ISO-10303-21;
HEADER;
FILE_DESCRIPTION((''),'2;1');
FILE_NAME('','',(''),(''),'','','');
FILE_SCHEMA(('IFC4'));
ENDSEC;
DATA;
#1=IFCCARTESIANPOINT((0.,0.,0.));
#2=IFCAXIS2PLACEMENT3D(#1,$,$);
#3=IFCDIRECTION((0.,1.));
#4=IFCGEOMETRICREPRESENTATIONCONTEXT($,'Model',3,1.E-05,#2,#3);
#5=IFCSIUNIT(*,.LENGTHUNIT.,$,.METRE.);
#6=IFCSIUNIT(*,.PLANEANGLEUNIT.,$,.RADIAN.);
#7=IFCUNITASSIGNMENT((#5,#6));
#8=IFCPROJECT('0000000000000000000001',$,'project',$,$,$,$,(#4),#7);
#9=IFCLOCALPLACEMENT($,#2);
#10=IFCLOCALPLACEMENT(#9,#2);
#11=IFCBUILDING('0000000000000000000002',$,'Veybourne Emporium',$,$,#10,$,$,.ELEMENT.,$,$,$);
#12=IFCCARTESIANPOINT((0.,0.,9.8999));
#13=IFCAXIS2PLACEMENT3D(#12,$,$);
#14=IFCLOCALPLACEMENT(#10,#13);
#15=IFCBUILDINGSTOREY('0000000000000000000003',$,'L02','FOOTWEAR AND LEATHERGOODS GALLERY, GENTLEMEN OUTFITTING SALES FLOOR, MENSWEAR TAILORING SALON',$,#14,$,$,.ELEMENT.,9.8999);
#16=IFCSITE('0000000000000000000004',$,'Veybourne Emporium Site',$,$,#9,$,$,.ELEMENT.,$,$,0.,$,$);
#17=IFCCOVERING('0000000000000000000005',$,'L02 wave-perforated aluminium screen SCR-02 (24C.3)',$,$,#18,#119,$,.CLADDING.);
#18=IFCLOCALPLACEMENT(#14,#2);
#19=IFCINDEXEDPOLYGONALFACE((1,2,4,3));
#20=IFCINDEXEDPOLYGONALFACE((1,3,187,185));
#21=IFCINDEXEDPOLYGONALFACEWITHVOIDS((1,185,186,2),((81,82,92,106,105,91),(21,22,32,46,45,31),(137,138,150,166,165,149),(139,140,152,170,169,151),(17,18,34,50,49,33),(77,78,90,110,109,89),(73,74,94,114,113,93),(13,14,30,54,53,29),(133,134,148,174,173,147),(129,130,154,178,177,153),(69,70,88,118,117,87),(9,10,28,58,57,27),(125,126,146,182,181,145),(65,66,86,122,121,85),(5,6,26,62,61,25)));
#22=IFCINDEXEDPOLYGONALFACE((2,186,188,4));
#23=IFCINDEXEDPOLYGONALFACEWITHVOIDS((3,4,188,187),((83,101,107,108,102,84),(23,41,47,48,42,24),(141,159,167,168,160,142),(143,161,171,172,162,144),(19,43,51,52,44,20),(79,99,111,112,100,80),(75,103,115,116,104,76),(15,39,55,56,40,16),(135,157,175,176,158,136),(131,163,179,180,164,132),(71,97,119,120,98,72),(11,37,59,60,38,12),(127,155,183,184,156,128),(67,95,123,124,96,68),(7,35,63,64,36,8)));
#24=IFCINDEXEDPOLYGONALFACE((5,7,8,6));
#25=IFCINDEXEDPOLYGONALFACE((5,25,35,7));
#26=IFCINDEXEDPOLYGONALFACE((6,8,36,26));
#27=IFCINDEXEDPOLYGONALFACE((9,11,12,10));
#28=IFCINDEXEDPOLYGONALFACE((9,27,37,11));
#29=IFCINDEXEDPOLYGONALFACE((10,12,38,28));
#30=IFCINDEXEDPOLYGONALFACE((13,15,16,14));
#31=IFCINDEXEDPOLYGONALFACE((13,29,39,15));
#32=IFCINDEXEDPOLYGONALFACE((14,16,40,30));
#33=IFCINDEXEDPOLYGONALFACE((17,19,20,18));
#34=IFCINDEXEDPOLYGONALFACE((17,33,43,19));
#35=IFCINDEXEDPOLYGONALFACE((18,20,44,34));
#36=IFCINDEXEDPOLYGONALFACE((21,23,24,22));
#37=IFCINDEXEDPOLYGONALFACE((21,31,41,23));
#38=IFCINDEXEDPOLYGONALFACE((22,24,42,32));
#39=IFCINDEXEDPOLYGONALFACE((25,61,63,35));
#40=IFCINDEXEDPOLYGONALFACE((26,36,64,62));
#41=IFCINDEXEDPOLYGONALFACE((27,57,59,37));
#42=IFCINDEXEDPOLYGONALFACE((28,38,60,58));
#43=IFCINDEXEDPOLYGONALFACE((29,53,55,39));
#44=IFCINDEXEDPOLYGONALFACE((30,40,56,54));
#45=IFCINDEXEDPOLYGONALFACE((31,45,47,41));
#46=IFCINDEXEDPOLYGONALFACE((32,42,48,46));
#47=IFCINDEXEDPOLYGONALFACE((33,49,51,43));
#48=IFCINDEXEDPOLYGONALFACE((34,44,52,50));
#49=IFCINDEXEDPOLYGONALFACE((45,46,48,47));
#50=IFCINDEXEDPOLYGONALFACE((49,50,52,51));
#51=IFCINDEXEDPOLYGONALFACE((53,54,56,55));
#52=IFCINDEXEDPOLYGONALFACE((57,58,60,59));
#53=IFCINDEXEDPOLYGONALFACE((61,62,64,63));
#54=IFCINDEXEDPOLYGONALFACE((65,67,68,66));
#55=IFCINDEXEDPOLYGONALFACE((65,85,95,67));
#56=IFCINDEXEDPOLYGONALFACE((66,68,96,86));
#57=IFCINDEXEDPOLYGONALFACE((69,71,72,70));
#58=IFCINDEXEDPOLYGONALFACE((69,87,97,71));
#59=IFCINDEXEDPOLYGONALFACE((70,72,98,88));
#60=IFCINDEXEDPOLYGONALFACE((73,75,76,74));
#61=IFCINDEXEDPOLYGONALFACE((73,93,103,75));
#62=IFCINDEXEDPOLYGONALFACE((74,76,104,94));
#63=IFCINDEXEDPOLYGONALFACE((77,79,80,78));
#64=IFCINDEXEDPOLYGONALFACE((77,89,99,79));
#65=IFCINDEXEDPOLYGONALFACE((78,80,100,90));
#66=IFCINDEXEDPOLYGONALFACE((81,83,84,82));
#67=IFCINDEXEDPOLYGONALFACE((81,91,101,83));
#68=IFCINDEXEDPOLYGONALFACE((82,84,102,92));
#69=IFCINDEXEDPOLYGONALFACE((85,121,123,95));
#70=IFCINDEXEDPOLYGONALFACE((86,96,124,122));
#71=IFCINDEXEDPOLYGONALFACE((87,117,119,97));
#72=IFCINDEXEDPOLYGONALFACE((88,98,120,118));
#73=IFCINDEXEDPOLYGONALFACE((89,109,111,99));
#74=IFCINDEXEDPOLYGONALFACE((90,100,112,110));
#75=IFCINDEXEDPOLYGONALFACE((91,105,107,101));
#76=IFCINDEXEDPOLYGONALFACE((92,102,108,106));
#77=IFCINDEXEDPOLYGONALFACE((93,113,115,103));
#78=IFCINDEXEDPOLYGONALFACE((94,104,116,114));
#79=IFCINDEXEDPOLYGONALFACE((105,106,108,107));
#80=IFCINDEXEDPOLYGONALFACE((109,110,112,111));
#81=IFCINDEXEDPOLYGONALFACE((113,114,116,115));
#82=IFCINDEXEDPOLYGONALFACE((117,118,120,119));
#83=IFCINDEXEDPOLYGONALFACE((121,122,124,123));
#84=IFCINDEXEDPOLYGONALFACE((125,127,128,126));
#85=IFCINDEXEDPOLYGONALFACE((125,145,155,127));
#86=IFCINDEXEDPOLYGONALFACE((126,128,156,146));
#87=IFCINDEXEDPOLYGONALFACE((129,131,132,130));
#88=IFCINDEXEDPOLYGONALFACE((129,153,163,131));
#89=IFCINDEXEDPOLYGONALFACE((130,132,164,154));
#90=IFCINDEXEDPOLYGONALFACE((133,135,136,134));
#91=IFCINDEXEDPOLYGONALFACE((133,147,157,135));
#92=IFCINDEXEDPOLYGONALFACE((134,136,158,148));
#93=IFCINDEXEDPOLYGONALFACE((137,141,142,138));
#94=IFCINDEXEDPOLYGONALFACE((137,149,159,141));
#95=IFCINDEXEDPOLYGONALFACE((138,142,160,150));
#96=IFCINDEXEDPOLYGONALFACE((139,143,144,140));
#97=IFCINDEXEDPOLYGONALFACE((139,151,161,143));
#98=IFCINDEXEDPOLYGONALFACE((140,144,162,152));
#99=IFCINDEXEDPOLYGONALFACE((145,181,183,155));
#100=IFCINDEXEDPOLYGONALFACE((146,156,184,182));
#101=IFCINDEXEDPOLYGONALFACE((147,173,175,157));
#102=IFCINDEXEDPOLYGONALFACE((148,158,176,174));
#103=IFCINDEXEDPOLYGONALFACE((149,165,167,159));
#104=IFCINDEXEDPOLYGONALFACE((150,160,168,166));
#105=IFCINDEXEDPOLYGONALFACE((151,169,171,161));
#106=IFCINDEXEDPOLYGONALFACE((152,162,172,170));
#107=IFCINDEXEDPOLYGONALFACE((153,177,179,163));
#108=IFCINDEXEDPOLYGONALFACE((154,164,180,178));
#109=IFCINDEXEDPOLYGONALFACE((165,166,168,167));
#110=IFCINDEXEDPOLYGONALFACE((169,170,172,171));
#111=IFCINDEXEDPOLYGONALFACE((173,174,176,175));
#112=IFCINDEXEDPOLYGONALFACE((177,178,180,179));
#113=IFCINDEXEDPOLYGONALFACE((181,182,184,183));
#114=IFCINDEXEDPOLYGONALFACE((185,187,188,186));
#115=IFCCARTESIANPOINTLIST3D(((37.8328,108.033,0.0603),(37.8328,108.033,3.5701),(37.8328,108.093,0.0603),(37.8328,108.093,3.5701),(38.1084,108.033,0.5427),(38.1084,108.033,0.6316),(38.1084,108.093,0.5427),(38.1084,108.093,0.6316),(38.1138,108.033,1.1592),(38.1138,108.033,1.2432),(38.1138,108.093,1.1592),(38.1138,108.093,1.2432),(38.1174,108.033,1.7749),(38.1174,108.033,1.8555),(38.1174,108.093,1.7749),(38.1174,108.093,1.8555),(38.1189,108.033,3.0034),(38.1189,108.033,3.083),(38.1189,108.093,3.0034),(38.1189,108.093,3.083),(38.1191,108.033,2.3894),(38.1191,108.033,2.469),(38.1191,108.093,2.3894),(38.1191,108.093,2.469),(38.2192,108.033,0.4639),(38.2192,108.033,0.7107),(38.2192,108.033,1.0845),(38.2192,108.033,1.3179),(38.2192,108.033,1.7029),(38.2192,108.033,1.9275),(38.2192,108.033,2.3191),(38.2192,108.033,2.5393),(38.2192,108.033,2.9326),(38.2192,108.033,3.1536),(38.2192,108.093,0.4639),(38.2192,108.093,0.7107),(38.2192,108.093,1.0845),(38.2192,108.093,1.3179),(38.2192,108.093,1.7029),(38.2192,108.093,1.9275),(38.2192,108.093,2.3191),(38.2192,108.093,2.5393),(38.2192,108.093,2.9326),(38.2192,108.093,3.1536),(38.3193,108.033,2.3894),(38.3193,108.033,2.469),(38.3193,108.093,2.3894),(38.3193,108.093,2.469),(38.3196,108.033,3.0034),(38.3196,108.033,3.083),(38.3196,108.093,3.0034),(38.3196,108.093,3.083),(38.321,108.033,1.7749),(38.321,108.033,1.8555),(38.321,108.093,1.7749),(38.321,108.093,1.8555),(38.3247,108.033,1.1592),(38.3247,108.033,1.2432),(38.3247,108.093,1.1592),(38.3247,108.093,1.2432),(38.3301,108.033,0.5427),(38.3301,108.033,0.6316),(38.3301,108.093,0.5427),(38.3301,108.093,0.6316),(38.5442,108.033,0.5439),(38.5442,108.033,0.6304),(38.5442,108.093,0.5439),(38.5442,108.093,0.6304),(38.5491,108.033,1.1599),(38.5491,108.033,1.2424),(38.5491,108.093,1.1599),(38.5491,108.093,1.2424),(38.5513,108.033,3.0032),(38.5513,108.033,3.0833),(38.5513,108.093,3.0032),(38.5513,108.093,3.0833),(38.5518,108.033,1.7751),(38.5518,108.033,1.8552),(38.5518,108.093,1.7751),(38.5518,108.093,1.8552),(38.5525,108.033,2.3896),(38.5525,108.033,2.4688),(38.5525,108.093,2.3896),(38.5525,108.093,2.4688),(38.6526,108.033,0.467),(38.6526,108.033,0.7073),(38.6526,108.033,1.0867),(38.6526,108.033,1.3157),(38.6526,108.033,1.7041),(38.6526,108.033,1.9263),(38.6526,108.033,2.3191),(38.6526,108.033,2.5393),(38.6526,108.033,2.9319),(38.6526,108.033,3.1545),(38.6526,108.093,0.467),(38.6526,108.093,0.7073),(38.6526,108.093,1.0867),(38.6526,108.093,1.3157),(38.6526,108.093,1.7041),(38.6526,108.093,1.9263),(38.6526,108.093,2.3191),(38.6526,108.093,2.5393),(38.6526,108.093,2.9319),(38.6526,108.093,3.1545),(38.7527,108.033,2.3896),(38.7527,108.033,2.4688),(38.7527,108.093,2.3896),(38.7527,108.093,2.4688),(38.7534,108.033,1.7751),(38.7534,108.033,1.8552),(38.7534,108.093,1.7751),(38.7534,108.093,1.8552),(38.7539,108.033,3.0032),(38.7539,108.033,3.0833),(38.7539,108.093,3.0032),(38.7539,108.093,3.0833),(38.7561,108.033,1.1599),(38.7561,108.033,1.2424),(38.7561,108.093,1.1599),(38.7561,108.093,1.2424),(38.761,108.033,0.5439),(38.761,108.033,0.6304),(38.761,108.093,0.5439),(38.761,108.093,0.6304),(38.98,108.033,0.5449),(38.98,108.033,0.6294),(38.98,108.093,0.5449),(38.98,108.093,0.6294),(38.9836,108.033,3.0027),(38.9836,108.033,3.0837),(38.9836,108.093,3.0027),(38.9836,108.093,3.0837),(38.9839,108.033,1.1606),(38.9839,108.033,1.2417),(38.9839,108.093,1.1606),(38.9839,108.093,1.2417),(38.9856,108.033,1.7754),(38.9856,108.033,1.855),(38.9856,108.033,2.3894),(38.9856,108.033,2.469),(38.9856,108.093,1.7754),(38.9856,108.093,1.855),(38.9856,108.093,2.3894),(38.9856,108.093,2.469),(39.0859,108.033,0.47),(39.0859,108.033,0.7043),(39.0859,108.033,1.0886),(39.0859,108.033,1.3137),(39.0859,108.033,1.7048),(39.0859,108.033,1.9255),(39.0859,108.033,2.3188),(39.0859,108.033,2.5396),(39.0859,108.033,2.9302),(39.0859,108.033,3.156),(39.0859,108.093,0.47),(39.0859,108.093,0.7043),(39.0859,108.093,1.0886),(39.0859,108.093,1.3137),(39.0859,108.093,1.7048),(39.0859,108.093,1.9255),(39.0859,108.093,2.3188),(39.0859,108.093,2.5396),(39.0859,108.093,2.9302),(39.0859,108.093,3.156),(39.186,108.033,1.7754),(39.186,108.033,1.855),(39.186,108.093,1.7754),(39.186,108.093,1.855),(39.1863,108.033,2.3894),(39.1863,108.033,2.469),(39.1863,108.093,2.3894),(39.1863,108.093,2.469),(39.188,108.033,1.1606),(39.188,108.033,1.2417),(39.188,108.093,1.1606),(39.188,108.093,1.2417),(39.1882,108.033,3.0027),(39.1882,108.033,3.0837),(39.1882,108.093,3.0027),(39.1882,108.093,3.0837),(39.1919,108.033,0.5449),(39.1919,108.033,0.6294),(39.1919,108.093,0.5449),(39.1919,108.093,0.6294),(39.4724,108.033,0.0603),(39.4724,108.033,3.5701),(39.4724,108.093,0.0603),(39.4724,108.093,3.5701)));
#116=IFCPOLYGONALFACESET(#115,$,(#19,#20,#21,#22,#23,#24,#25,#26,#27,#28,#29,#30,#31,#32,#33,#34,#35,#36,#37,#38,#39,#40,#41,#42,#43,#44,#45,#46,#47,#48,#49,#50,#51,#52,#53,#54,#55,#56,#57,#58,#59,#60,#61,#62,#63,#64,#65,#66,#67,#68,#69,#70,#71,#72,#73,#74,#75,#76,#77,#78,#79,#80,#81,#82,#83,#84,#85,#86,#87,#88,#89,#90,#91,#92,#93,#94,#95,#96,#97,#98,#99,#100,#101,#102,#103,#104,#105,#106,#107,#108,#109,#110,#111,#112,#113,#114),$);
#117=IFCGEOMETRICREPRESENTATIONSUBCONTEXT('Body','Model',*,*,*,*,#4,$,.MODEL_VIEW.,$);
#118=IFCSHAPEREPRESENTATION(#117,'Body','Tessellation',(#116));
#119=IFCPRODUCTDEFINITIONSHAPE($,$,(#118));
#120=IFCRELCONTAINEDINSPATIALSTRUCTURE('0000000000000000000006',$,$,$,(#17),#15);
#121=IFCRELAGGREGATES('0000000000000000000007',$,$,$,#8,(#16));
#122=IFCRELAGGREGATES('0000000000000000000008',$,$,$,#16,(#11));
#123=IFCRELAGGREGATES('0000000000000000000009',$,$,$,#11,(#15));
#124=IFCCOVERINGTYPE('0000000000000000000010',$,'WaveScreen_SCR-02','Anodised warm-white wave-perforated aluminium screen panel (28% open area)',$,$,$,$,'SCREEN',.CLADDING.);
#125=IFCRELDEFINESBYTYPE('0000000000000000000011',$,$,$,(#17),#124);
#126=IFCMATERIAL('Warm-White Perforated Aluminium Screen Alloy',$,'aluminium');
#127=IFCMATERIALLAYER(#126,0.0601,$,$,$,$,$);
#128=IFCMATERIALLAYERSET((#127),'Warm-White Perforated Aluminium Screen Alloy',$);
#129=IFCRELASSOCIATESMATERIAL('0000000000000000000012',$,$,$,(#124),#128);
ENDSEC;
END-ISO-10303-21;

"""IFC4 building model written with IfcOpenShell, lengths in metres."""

from ifc_helpers import new_model, si_unit, direction, frame, origin, place, context, subcontext, project, spatial, polyline, outline, extrude, material, layer, layer_set, type_object, element, save


model = new_model("IFC4")

# Units and contexts
model_context = context("Model", 3, precision=1e-05, world=origin(), true_north=direction((0.0, 1.0)))
body_context = subcontext(model_context, "Body", "Model", "MODEL_VIEW")
ifc_project = project(units=[si_unit("LENGTHUNIT", "METRE"), si_unit("PLANEANGLEUNIT", "RADIAN")], contexts=[model_context])

# Site, building, storey
site_placement = place(None, origin())
site = spatial("IfcSite", under=ifc_project, at=site_placement, Name="Veybourne Emporium Site", CompositionType="ELEMENT", RefElevation=0.0)
building_placement = place(site_placement, origin())
building = spatial("IfcBuilding", under=site, at=building_placement, Name="Veybourne Emporium", CompositionType="ELEMENT")
storey_placement = place(building_placement, frame((0.0, 0.0, 9.8999)))
storey = spatial("IfcBuildingStorey", under=building, at=storey_placement, Name="L02", Description="FOOTWEAR AND LEATHERGOODS GALLERY, GENTLEMEN OUTFITTING SALES FLOOR, MENSWEAR TAILORING SALON", CompositionType="ELEMENT", Elevation=9.8999)

# Covering
ifc_material_1 = material(Name="Warm-White Perforated Aluminium Screen Alloy", Category="aluminium")
ifc_layer_1 = layer(ifc_material_1, 0.0601)
ifc_layer_set_1 = layer_set([ifc_layer_1], Name="Warm-White Perforated Aluminium Screen Alloy")
covering_type_1 = type_object("IfcCoveringType", Name="WaveScreen_SCR-02", Description="Anodised warm-white wave-perforated aluminium screen panel (28% open area)", ElementType="SCREEN", PredefinedType="CLADDING", material=ifc_layer_set_1)
covering_1_placement = place(storey_placement, frame((38.6526, 108.093, 1.8152), z_axis=(0.0, -1.0, 0.0), x_axis=(1.0, 0.0, 0.0)))
element("IfcCovering", 1, at=covering_1_placement, inside=storey, type_object=covering_type_1, Name="L02 wave-perforated aluminium screen SCR-02 (24C.3)", PredefinedType="CLADDING", context=body_context, shape_type="SweptSolid", body=[
    extrude(outline(polyline([(-0.8198, -1.7549), (0.8198, -1.7549), (0.8198, 1.7549), (-0.8198, 1.7549), (-0.8198, -1.7549)]), holes=[polyline([(-0.4333, -1.1045), (-0.3225, -1.1836), (-0.3225, -1.2725), (-0.4333, -1.3513), (-0.5442, -1.2725), (-0.5442, -1.1836), (-0.4333, -1.1045)]), polyline([(-0.4333, -0.4973), (-0.3279, -0.572), (-0.3279, -0.656), (-0.4333, -0.7307), (-0.5388, -0.656), (-0.5388, -0.572), (-0.4333, -0.4973)]), polyline([(-0.4333, 0.1123), (-0.3315, 0.0403), (-0.3315, -0.0403), (-0.4333, -0.1123), (-0.5352, -0.0403), (-0.5352, 0.0403), (-0.4333, 0.1123)]), polyline([(-0.4333, 0.7241), (-0.3333, 0.6538), (-0.3333, 0.5742), (-0.4333, 0.5039), (-0.5334, 0.5742), (-0.5334, 0.6538), (-0.4333, 0.7241)]), polyline([(-0.4333, 1.3384), (-0.333, 1.2678), (-0.333, 1.1882), (-0.4333, 1.1174), (-0.5337, 1.1882), (-0.5337, 1.2678), (-0.4333, 1.3384)]), polyline([(0.0, -1.1079), (0.1084, -1.1848), (0.1084, -1.2712), (0.0, -1.3481), (-0.1084, -1.2712), (-0.1084, -1.1848), (0.0, -1.1079)]), polyline([(0.0, -0.4995), (0.1035, -0.5728), (0.1035, -0.6553), (0.0, -0.7285), (-0.1035, -0.6553), (-0.1035, -0.5728), (0.0, -0.4995)]), polyline([(0.0, 0.1111), (0.1008, 0.04), (0.1008, -0.04), (0.0, -0.1111), (-0.1008, -0.04), (-0.1008, 0.04), (0.0, 0.1111)]), polyline([(0.0, 0.7241), (0.1001, 0.6536), (0.1001, 0.5745), (0.0, 0.5039), (-0.1001, 0.5745), (-0.1001, 0.6536), (0.0, 0.7241)]), polyline([(0.0, 1.3394), (0.1013, 1.2681), (0.1013, 1.188), (0.0, 1.1167), (-0.1013, 1.188), (-0.1013, 1.2681), (0.0, 1.3394)]), polyline([(0.4333, -1.1108), (0.5393, -1.1858), (0.5393, -1.2703), (0.4333, -1.3452), (0.3274, -1.2703), (0.3274, -1.1858), (0.4333, -1.1108)]), polyline([(0.4333, -0.5015), (0.5354, -0.5735), (0.5354, -0.6545), (0.4333, -0.7266), (0.3313, -0.6545), (0.3313, -0.5735), (0.4333, -0.5015)]), polyline([(0.4333, 0.1104), (0.5334, 0.0398), (0.5334, -0.0398), (0.4333, -0.1104), (0.333, -0.0398), (0.333, 0.0398), (0.4333, 0.1104)]), polyline([(0.4333, 0.7244), (0.5337, 0.6538), (0.5337, 0.5742), (0.4333, 0.5037), (0.333, 0.5742), (0.333, 0.6538), (0.4333, 0.7244)]), polyline([(0.4333, 1.3408), (0.5356, 1.2686), (0.5356, 1.1875), (0.4333, 1.115), (0.3311, 1.1875), (0.3311, 1.2686), (0.4333, 1.3408)])]), origin(), (0.0, 0.0, 1.0), 0.0601),
])

save(model, "model.ifc")
